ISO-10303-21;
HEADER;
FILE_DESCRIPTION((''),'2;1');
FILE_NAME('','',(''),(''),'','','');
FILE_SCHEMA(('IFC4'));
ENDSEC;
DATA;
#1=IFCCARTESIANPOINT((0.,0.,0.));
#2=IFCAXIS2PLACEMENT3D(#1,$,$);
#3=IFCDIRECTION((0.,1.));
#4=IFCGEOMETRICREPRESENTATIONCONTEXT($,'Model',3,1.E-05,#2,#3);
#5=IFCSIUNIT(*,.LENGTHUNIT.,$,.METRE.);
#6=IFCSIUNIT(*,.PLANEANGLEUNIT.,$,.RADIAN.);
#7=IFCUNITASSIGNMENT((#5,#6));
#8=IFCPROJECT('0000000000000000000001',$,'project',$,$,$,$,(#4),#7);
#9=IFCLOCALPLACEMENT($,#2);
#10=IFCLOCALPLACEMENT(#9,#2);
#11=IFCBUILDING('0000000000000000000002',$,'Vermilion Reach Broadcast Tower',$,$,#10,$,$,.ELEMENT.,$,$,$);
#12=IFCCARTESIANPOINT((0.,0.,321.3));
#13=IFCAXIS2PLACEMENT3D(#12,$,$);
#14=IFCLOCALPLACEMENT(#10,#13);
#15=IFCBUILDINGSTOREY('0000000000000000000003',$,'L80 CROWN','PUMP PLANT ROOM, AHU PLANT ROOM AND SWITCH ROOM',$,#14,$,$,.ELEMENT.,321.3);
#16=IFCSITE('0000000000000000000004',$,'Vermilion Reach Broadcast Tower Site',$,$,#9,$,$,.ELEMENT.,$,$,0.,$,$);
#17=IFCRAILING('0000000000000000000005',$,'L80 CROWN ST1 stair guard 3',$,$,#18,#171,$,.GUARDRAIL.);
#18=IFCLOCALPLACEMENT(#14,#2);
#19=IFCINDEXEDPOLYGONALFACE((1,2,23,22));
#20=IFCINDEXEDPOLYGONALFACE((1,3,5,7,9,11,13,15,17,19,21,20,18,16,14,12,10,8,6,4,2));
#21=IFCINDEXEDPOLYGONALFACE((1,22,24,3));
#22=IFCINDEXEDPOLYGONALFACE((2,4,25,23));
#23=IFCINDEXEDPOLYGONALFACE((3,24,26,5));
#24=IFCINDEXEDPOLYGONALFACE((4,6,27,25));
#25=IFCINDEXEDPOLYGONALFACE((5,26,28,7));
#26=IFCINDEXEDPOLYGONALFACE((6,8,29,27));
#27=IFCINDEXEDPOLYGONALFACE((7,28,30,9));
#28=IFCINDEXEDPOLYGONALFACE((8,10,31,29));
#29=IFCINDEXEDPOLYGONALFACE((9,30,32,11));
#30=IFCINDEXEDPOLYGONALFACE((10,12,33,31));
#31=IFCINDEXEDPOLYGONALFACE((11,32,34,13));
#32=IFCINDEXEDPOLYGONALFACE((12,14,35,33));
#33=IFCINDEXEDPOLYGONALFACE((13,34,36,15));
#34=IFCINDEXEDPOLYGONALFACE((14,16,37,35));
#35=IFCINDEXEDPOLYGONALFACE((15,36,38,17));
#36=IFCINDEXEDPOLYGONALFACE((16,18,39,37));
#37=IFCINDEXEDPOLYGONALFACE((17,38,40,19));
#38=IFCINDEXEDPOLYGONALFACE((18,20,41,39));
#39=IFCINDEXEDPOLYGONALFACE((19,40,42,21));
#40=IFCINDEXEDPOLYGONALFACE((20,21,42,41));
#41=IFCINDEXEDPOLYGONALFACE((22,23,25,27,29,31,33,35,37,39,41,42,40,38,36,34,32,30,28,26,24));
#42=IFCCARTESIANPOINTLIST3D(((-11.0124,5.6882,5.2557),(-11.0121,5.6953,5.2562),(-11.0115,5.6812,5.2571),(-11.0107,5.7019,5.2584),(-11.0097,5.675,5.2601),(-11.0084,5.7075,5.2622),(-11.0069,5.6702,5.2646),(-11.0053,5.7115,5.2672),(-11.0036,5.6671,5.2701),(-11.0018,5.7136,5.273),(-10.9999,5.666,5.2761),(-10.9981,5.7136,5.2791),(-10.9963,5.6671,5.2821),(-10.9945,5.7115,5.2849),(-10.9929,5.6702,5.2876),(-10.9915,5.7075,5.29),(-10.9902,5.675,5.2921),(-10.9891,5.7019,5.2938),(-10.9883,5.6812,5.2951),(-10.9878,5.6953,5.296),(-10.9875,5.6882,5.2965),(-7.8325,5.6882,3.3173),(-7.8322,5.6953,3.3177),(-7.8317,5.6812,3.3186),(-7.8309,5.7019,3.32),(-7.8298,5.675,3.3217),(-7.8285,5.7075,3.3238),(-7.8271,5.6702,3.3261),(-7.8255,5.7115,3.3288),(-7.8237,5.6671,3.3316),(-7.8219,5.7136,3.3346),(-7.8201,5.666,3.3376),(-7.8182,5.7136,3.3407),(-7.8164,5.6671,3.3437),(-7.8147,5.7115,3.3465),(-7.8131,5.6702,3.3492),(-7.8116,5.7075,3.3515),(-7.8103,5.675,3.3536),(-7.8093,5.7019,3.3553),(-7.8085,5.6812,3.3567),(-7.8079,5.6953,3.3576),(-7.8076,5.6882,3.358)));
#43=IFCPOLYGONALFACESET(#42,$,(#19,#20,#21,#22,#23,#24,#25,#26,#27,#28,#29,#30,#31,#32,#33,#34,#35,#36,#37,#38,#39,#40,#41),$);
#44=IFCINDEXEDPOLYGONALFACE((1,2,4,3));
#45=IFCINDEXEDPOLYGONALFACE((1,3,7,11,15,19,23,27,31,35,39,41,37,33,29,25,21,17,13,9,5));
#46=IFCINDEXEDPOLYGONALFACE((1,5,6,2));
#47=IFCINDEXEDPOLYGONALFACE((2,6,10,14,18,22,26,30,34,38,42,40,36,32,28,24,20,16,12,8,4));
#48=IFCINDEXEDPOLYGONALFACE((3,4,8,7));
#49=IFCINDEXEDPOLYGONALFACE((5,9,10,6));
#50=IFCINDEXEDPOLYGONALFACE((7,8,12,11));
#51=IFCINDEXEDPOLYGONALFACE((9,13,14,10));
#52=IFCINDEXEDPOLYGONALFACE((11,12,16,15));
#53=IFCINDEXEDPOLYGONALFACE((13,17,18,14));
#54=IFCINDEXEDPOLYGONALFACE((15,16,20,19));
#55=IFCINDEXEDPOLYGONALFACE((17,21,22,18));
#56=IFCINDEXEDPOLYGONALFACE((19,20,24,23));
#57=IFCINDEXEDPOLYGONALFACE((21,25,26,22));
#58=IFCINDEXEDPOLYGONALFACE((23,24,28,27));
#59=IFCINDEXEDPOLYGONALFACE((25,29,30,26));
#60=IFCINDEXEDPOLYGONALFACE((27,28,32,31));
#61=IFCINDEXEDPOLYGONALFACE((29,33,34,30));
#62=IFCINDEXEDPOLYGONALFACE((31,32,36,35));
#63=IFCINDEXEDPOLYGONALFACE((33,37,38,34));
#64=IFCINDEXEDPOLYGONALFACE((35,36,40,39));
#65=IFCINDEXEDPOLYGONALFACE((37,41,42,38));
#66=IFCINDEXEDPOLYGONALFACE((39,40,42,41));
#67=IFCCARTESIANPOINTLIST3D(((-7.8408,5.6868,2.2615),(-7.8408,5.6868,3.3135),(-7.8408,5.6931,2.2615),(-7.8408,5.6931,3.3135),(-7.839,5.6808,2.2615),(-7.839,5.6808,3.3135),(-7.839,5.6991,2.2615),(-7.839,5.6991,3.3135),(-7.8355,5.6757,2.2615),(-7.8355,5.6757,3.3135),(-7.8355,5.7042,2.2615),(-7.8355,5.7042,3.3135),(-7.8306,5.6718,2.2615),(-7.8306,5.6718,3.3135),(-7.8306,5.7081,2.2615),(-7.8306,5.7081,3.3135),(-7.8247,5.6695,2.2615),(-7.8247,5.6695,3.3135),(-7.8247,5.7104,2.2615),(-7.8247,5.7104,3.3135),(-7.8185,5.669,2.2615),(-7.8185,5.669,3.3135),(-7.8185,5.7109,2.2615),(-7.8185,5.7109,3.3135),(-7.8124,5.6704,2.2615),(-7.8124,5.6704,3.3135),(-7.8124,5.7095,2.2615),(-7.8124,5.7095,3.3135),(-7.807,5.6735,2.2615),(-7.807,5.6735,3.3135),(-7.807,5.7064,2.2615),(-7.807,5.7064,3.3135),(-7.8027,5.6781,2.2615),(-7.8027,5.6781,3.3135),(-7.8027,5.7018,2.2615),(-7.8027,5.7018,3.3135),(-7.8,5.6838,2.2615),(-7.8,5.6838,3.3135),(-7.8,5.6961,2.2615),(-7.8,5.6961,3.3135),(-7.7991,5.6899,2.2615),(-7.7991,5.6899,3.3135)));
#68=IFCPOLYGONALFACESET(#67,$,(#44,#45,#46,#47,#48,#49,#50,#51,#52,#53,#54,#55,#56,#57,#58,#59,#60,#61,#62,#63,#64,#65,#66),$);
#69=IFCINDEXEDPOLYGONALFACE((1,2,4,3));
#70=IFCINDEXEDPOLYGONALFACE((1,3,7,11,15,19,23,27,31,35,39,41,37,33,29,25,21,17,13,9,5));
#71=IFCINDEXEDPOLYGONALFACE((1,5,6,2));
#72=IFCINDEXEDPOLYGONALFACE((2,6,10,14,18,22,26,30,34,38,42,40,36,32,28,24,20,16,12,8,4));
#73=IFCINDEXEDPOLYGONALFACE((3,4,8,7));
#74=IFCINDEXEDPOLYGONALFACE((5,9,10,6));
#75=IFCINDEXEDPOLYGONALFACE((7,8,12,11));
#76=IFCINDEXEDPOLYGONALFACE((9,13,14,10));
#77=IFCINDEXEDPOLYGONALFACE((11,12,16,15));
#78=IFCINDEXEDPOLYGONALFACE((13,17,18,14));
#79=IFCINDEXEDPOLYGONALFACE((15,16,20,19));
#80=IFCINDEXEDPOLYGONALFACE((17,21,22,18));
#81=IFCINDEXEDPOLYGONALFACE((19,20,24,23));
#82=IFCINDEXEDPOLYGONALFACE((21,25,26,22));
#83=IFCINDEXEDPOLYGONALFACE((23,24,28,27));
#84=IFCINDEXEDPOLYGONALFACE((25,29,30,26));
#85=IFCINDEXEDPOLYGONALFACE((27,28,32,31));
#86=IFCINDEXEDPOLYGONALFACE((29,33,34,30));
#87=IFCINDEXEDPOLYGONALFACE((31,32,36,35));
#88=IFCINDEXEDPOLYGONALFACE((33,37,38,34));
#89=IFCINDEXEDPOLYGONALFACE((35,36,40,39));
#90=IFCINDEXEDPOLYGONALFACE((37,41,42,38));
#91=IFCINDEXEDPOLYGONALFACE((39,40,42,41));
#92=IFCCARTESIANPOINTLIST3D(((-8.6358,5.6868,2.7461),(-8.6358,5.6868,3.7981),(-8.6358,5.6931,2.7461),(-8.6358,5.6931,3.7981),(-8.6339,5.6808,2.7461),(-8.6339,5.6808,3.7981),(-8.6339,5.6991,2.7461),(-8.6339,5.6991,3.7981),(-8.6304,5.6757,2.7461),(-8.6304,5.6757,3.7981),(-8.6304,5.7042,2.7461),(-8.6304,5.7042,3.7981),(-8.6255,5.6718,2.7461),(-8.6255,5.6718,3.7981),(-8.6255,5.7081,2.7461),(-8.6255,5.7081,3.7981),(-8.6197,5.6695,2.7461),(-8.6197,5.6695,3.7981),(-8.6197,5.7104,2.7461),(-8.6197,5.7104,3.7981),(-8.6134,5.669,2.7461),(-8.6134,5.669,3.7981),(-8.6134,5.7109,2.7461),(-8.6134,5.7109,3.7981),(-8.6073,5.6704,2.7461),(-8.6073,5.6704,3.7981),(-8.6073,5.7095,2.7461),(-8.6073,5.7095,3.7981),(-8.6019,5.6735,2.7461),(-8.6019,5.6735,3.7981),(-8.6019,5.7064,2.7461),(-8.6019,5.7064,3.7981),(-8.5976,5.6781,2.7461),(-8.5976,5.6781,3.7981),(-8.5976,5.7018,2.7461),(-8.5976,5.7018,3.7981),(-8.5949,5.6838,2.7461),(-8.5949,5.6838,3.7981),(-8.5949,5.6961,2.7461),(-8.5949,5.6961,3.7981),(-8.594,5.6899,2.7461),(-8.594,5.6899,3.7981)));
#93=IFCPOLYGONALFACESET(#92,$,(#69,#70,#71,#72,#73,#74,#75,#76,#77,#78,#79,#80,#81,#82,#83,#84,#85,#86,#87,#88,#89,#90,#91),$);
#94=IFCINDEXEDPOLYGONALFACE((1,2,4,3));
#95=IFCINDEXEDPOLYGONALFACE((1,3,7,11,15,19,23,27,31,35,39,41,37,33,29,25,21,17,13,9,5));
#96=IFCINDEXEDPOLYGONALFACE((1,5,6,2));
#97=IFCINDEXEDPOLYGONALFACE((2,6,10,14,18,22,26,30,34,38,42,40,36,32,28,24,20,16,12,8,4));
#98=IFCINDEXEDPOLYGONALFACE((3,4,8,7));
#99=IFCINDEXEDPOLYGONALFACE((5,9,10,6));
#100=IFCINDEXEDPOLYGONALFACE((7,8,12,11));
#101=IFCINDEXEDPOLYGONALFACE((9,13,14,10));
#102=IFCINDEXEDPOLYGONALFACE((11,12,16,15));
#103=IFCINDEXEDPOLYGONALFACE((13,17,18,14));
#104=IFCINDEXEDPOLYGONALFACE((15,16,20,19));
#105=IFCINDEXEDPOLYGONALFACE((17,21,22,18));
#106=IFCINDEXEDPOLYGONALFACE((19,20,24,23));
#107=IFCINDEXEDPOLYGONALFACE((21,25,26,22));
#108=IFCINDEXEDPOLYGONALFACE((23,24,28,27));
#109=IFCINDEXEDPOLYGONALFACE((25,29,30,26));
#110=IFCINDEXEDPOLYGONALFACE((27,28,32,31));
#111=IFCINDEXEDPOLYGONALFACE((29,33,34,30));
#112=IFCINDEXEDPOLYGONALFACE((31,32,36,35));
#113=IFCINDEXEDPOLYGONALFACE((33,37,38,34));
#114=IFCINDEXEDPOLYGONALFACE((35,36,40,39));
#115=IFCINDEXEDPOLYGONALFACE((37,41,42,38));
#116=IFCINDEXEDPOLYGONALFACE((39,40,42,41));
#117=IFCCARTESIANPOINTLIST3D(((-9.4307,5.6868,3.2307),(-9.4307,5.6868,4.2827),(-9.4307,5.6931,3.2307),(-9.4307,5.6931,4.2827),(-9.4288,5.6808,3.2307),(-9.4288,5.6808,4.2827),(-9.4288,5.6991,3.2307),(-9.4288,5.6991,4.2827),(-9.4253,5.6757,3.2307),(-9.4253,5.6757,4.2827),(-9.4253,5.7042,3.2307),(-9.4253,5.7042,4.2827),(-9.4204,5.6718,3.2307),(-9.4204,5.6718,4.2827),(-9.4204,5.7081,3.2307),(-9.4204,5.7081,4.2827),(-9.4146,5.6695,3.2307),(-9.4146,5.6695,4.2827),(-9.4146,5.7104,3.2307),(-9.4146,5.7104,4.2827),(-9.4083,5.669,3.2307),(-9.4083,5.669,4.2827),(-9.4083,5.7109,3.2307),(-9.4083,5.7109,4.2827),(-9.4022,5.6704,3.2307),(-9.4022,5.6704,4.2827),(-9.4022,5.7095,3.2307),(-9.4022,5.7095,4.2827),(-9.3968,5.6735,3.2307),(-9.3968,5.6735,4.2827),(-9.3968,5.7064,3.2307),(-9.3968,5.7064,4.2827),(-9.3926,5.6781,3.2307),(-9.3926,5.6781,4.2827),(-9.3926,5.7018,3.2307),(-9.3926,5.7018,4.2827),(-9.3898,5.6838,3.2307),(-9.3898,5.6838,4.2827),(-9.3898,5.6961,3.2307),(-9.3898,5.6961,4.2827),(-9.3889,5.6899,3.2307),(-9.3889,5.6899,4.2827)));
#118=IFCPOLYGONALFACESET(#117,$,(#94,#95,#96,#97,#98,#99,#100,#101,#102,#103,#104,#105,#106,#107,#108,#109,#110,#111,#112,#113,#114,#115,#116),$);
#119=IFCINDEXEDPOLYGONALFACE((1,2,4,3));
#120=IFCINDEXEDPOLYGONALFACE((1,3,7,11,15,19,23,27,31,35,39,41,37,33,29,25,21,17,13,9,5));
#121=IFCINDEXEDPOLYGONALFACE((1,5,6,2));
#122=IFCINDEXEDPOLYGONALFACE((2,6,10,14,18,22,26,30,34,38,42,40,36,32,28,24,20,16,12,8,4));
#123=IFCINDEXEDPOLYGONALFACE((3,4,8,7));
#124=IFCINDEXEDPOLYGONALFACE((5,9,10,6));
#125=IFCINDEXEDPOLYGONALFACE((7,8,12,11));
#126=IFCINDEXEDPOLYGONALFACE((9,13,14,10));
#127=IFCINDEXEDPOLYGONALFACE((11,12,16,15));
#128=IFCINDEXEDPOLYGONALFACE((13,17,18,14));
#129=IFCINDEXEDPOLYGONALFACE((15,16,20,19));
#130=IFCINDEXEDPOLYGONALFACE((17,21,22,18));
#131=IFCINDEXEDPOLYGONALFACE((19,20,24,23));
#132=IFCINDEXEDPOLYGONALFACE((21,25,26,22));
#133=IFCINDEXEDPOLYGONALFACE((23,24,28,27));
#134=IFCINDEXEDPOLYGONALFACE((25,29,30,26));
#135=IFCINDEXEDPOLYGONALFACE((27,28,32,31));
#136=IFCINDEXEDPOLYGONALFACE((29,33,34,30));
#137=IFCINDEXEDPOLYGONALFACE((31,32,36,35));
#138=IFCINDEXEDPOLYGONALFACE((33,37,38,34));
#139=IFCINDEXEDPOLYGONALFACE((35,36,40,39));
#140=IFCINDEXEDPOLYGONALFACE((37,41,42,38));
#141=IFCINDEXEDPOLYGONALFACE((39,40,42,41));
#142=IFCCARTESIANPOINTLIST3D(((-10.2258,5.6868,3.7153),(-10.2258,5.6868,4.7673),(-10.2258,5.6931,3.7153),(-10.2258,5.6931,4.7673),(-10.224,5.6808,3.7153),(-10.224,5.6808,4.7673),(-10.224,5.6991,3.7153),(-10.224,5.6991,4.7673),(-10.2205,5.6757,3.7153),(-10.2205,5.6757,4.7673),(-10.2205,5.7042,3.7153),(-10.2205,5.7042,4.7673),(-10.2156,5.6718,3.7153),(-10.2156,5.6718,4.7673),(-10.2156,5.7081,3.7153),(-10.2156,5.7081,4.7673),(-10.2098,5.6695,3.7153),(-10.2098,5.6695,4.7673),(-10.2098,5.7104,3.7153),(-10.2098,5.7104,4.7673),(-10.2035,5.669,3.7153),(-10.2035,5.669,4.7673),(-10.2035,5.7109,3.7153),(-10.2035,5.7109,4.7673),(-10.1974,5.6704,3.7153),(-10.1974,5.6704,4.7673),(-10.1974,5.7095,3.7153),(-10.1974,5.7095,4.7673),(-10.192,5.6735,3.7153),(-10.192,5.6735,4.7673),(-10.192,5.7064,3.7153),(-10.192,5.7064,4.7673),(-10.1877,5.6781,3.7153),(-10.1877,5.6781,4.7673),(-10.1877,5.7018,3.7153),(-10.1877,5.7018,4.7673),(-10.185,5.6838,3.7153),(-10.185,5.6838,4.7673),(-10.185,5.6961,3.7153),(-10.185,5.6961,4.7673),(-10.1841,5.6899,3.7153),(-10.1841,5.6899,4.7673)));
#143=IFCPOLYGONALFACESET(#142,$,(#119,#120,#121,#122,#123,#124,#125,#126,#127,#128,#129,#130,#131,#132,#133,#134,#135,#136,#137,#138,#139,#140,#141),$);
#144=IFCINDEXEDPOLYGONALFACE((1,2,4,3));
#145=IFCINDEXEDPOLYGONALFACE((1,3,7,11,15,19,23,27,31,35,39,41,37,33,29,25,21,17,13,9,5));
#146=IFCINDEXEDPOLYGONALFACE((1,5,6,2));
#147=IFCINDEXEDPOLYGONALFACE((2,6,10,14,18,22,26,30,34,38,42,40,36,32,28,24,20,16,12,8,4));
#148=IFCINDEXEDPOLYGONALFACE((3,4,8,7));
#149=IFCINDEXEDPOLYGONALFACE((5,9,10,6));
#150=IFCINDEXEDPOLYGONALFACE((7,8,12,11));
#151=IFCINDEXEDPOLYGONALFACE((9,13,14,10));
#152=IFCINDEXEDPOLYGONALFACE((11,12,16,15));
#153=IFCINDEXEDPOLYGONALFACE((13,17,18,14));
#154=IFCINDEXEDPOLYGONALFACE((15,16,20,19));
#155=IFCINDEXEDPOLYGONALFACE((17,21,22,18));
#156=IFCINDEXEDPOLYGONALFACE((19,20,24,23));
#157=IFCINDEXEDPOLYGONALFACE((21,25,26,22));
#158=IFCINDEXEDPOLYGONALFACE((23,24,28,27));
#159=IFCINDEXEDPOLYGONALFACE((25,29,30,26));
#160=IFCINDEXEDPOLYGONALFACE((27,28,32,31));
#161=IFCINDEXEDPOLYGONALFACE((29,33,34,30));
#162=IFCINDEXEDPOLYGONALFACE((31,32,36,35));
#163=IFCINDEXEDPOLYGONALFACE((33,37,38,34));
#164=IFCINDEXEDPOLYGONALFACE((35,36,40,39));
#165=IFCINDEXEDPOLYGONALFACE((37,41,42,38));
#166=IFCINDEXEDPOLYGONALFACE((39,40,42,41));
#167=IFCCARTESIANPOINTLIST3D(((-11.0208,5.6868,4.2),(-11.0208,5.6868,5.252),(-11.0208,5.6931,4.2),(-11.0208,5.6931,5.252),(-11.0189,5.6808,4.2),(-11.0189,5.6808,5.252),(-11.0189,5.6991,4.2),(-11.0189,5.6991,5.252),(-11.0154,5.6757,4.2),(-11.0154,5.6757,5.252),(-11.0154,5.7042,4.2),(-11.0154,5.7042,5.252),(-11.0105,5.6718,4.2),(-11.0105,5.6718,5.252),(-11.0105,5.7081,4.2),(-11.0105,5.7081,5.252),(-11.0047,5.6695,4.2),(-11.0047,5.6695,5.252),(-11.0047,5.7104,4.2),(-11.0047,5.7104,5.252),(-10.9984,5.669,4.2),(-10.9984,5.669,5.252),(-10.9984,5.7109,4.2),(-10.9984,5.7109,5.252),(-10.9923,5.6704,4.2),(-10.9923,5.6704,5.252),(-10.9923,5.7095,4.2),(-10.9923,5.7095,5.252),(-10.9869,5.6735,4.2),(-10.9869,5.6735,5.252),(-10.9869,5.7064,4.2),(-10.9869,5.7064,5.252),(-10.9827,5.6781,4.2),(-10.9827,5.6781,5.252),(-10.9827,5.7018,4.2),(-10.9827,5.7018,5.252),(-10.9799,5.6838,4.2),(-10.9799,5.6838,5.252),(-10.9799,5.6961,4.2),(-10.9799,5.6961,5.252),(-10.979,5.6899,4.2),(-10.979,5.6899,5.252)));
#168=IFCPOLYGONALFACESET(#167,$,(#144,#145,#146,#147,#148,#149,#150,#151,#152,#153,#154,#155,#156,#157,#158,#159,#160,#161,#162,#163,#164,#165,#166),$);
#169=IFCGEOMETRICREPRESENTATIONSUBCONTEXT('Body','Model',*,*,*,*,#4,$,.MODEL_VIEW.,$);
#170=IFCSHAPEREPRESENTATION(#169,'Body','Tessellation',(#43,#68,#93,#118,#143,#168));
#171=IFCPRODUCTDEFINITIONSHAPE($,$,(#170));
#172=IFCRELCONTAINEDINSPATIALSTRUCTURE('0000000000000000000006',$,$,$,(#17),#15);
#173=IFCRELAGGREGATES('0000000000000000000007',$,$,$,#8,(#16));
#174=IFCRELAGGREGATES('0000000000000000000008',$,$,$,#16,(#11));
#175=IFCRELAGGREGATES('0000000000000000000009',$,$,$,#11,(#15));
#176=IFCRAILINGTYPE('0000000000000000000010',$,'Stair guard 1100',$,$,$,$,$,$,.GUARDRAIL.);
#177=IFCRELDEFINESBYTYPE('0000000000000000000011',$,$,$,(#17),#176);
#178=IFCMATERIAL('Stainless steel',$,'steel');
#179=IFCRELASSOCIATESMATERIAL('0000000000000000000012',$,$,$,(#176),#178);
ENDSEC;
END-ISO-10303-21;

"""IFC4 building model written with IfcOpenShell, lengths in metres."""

from ifc_helpers import new_model, si_unit, direction, frame, origin, origin_2d, place, context, subcontext, project, spatial, circle, extrude, material, type_object, element, save


model = new_model("IFC4")

# Units and contexts
model_context = context("Model", 3, precision=1e-05, world=origin(), true_north=direction((0.0, 1.0)))
body_context = subcontext(model_context, "Body", "Model", "MODEL_VIEW")
ifc_project = project(units=[si_unit("LENGTHUNIT", "METRE"), si_unit("PLANEANGLEUNIT", "RADIAN")], contexts=[model_context])

# Site, building, storey
site_placement = place(None, origin())
site = spatial("IfcSite", under=ifc_project, at=site_placement, Name="Vermilion Reach Broadcast Tower Site", CompositionType="ELEMENT", RefElevation=0.0)
building_placement = place(site_placement, origin())
building = spatial("IfcBuilding", under=site, at=building_placement, Name="Vermilion Reach Broadcast Tower", CompositionType="ELEMENT")
storey_placement = place(building_placement, frame((0.0, 0.0, 321.3)))
storey = spatial("IfcBuildingStorey", under=building, at=storey_placement, Name="L80 CROWN", Description="PUMP PLANT ROOM, AHU PLANT ROOM AND SWITCH ROOM", CompositionType="ELEMENT", Elevation=321.3)

# Railing
ifc_material_1 = material(Name="Stainless steel", Category="steel")
railing_type_1 = type_object("IfcRailingType", Name="Stair guard 1100", PredefinedType="GUARDRAIL", material=ifc_material_1)
railing_1_placement = place(storey_placement, frame((-7.8201, 5.6899, 2.2615)))
element("IfcRailing", 1, at=railing_1_placement, inside=storey, type_object=railing_type_1, Name="L80 CROWN ST1 stair guard 3", PredefinedType="GUARDRAIL", context=body_context, shape_type="SweptSolid", body=[
    extrude(circle(Radius=0.0239, at=origin_2d()), frame((0.0, 0.0, 1.0762), z_axis=(-0.853857, 0.0, 0.520508), x_axis=(0.0, -1.0, 0.0)), (0.0, 0.0, 1.0), 3.7241),
    extrude(circle(Radius=0.021, at=origin_2d()), origin(), (0.0, 0.0, 1.0), 1.052),
    extrude(circle(Radius=0.021, at=origin_2d()), frame((-0.7949, 0.0, 0.4846)), (0.0, 0.0, 1.0), 1.052),
    extrude(circle(Radius=0.021, at=origin_2d()), frame((-1.5898, 0.0, 0.9692)), (0.0, 0.0, 1.0), 1.052),
    extrude(circle(Radius=0.021, at=origin_2d()), frame((-2.385, 0.0, 1.4539)), (0.0, 0.0, 1.0), 1.052),
    extrude(circle(Radius=0.021, at=origin_2d()), frame((-3.1799, 0.0, 1.9385)), (0.0, 0.0, 1.0), 1.052),
])

save(model, "model.ifc")
